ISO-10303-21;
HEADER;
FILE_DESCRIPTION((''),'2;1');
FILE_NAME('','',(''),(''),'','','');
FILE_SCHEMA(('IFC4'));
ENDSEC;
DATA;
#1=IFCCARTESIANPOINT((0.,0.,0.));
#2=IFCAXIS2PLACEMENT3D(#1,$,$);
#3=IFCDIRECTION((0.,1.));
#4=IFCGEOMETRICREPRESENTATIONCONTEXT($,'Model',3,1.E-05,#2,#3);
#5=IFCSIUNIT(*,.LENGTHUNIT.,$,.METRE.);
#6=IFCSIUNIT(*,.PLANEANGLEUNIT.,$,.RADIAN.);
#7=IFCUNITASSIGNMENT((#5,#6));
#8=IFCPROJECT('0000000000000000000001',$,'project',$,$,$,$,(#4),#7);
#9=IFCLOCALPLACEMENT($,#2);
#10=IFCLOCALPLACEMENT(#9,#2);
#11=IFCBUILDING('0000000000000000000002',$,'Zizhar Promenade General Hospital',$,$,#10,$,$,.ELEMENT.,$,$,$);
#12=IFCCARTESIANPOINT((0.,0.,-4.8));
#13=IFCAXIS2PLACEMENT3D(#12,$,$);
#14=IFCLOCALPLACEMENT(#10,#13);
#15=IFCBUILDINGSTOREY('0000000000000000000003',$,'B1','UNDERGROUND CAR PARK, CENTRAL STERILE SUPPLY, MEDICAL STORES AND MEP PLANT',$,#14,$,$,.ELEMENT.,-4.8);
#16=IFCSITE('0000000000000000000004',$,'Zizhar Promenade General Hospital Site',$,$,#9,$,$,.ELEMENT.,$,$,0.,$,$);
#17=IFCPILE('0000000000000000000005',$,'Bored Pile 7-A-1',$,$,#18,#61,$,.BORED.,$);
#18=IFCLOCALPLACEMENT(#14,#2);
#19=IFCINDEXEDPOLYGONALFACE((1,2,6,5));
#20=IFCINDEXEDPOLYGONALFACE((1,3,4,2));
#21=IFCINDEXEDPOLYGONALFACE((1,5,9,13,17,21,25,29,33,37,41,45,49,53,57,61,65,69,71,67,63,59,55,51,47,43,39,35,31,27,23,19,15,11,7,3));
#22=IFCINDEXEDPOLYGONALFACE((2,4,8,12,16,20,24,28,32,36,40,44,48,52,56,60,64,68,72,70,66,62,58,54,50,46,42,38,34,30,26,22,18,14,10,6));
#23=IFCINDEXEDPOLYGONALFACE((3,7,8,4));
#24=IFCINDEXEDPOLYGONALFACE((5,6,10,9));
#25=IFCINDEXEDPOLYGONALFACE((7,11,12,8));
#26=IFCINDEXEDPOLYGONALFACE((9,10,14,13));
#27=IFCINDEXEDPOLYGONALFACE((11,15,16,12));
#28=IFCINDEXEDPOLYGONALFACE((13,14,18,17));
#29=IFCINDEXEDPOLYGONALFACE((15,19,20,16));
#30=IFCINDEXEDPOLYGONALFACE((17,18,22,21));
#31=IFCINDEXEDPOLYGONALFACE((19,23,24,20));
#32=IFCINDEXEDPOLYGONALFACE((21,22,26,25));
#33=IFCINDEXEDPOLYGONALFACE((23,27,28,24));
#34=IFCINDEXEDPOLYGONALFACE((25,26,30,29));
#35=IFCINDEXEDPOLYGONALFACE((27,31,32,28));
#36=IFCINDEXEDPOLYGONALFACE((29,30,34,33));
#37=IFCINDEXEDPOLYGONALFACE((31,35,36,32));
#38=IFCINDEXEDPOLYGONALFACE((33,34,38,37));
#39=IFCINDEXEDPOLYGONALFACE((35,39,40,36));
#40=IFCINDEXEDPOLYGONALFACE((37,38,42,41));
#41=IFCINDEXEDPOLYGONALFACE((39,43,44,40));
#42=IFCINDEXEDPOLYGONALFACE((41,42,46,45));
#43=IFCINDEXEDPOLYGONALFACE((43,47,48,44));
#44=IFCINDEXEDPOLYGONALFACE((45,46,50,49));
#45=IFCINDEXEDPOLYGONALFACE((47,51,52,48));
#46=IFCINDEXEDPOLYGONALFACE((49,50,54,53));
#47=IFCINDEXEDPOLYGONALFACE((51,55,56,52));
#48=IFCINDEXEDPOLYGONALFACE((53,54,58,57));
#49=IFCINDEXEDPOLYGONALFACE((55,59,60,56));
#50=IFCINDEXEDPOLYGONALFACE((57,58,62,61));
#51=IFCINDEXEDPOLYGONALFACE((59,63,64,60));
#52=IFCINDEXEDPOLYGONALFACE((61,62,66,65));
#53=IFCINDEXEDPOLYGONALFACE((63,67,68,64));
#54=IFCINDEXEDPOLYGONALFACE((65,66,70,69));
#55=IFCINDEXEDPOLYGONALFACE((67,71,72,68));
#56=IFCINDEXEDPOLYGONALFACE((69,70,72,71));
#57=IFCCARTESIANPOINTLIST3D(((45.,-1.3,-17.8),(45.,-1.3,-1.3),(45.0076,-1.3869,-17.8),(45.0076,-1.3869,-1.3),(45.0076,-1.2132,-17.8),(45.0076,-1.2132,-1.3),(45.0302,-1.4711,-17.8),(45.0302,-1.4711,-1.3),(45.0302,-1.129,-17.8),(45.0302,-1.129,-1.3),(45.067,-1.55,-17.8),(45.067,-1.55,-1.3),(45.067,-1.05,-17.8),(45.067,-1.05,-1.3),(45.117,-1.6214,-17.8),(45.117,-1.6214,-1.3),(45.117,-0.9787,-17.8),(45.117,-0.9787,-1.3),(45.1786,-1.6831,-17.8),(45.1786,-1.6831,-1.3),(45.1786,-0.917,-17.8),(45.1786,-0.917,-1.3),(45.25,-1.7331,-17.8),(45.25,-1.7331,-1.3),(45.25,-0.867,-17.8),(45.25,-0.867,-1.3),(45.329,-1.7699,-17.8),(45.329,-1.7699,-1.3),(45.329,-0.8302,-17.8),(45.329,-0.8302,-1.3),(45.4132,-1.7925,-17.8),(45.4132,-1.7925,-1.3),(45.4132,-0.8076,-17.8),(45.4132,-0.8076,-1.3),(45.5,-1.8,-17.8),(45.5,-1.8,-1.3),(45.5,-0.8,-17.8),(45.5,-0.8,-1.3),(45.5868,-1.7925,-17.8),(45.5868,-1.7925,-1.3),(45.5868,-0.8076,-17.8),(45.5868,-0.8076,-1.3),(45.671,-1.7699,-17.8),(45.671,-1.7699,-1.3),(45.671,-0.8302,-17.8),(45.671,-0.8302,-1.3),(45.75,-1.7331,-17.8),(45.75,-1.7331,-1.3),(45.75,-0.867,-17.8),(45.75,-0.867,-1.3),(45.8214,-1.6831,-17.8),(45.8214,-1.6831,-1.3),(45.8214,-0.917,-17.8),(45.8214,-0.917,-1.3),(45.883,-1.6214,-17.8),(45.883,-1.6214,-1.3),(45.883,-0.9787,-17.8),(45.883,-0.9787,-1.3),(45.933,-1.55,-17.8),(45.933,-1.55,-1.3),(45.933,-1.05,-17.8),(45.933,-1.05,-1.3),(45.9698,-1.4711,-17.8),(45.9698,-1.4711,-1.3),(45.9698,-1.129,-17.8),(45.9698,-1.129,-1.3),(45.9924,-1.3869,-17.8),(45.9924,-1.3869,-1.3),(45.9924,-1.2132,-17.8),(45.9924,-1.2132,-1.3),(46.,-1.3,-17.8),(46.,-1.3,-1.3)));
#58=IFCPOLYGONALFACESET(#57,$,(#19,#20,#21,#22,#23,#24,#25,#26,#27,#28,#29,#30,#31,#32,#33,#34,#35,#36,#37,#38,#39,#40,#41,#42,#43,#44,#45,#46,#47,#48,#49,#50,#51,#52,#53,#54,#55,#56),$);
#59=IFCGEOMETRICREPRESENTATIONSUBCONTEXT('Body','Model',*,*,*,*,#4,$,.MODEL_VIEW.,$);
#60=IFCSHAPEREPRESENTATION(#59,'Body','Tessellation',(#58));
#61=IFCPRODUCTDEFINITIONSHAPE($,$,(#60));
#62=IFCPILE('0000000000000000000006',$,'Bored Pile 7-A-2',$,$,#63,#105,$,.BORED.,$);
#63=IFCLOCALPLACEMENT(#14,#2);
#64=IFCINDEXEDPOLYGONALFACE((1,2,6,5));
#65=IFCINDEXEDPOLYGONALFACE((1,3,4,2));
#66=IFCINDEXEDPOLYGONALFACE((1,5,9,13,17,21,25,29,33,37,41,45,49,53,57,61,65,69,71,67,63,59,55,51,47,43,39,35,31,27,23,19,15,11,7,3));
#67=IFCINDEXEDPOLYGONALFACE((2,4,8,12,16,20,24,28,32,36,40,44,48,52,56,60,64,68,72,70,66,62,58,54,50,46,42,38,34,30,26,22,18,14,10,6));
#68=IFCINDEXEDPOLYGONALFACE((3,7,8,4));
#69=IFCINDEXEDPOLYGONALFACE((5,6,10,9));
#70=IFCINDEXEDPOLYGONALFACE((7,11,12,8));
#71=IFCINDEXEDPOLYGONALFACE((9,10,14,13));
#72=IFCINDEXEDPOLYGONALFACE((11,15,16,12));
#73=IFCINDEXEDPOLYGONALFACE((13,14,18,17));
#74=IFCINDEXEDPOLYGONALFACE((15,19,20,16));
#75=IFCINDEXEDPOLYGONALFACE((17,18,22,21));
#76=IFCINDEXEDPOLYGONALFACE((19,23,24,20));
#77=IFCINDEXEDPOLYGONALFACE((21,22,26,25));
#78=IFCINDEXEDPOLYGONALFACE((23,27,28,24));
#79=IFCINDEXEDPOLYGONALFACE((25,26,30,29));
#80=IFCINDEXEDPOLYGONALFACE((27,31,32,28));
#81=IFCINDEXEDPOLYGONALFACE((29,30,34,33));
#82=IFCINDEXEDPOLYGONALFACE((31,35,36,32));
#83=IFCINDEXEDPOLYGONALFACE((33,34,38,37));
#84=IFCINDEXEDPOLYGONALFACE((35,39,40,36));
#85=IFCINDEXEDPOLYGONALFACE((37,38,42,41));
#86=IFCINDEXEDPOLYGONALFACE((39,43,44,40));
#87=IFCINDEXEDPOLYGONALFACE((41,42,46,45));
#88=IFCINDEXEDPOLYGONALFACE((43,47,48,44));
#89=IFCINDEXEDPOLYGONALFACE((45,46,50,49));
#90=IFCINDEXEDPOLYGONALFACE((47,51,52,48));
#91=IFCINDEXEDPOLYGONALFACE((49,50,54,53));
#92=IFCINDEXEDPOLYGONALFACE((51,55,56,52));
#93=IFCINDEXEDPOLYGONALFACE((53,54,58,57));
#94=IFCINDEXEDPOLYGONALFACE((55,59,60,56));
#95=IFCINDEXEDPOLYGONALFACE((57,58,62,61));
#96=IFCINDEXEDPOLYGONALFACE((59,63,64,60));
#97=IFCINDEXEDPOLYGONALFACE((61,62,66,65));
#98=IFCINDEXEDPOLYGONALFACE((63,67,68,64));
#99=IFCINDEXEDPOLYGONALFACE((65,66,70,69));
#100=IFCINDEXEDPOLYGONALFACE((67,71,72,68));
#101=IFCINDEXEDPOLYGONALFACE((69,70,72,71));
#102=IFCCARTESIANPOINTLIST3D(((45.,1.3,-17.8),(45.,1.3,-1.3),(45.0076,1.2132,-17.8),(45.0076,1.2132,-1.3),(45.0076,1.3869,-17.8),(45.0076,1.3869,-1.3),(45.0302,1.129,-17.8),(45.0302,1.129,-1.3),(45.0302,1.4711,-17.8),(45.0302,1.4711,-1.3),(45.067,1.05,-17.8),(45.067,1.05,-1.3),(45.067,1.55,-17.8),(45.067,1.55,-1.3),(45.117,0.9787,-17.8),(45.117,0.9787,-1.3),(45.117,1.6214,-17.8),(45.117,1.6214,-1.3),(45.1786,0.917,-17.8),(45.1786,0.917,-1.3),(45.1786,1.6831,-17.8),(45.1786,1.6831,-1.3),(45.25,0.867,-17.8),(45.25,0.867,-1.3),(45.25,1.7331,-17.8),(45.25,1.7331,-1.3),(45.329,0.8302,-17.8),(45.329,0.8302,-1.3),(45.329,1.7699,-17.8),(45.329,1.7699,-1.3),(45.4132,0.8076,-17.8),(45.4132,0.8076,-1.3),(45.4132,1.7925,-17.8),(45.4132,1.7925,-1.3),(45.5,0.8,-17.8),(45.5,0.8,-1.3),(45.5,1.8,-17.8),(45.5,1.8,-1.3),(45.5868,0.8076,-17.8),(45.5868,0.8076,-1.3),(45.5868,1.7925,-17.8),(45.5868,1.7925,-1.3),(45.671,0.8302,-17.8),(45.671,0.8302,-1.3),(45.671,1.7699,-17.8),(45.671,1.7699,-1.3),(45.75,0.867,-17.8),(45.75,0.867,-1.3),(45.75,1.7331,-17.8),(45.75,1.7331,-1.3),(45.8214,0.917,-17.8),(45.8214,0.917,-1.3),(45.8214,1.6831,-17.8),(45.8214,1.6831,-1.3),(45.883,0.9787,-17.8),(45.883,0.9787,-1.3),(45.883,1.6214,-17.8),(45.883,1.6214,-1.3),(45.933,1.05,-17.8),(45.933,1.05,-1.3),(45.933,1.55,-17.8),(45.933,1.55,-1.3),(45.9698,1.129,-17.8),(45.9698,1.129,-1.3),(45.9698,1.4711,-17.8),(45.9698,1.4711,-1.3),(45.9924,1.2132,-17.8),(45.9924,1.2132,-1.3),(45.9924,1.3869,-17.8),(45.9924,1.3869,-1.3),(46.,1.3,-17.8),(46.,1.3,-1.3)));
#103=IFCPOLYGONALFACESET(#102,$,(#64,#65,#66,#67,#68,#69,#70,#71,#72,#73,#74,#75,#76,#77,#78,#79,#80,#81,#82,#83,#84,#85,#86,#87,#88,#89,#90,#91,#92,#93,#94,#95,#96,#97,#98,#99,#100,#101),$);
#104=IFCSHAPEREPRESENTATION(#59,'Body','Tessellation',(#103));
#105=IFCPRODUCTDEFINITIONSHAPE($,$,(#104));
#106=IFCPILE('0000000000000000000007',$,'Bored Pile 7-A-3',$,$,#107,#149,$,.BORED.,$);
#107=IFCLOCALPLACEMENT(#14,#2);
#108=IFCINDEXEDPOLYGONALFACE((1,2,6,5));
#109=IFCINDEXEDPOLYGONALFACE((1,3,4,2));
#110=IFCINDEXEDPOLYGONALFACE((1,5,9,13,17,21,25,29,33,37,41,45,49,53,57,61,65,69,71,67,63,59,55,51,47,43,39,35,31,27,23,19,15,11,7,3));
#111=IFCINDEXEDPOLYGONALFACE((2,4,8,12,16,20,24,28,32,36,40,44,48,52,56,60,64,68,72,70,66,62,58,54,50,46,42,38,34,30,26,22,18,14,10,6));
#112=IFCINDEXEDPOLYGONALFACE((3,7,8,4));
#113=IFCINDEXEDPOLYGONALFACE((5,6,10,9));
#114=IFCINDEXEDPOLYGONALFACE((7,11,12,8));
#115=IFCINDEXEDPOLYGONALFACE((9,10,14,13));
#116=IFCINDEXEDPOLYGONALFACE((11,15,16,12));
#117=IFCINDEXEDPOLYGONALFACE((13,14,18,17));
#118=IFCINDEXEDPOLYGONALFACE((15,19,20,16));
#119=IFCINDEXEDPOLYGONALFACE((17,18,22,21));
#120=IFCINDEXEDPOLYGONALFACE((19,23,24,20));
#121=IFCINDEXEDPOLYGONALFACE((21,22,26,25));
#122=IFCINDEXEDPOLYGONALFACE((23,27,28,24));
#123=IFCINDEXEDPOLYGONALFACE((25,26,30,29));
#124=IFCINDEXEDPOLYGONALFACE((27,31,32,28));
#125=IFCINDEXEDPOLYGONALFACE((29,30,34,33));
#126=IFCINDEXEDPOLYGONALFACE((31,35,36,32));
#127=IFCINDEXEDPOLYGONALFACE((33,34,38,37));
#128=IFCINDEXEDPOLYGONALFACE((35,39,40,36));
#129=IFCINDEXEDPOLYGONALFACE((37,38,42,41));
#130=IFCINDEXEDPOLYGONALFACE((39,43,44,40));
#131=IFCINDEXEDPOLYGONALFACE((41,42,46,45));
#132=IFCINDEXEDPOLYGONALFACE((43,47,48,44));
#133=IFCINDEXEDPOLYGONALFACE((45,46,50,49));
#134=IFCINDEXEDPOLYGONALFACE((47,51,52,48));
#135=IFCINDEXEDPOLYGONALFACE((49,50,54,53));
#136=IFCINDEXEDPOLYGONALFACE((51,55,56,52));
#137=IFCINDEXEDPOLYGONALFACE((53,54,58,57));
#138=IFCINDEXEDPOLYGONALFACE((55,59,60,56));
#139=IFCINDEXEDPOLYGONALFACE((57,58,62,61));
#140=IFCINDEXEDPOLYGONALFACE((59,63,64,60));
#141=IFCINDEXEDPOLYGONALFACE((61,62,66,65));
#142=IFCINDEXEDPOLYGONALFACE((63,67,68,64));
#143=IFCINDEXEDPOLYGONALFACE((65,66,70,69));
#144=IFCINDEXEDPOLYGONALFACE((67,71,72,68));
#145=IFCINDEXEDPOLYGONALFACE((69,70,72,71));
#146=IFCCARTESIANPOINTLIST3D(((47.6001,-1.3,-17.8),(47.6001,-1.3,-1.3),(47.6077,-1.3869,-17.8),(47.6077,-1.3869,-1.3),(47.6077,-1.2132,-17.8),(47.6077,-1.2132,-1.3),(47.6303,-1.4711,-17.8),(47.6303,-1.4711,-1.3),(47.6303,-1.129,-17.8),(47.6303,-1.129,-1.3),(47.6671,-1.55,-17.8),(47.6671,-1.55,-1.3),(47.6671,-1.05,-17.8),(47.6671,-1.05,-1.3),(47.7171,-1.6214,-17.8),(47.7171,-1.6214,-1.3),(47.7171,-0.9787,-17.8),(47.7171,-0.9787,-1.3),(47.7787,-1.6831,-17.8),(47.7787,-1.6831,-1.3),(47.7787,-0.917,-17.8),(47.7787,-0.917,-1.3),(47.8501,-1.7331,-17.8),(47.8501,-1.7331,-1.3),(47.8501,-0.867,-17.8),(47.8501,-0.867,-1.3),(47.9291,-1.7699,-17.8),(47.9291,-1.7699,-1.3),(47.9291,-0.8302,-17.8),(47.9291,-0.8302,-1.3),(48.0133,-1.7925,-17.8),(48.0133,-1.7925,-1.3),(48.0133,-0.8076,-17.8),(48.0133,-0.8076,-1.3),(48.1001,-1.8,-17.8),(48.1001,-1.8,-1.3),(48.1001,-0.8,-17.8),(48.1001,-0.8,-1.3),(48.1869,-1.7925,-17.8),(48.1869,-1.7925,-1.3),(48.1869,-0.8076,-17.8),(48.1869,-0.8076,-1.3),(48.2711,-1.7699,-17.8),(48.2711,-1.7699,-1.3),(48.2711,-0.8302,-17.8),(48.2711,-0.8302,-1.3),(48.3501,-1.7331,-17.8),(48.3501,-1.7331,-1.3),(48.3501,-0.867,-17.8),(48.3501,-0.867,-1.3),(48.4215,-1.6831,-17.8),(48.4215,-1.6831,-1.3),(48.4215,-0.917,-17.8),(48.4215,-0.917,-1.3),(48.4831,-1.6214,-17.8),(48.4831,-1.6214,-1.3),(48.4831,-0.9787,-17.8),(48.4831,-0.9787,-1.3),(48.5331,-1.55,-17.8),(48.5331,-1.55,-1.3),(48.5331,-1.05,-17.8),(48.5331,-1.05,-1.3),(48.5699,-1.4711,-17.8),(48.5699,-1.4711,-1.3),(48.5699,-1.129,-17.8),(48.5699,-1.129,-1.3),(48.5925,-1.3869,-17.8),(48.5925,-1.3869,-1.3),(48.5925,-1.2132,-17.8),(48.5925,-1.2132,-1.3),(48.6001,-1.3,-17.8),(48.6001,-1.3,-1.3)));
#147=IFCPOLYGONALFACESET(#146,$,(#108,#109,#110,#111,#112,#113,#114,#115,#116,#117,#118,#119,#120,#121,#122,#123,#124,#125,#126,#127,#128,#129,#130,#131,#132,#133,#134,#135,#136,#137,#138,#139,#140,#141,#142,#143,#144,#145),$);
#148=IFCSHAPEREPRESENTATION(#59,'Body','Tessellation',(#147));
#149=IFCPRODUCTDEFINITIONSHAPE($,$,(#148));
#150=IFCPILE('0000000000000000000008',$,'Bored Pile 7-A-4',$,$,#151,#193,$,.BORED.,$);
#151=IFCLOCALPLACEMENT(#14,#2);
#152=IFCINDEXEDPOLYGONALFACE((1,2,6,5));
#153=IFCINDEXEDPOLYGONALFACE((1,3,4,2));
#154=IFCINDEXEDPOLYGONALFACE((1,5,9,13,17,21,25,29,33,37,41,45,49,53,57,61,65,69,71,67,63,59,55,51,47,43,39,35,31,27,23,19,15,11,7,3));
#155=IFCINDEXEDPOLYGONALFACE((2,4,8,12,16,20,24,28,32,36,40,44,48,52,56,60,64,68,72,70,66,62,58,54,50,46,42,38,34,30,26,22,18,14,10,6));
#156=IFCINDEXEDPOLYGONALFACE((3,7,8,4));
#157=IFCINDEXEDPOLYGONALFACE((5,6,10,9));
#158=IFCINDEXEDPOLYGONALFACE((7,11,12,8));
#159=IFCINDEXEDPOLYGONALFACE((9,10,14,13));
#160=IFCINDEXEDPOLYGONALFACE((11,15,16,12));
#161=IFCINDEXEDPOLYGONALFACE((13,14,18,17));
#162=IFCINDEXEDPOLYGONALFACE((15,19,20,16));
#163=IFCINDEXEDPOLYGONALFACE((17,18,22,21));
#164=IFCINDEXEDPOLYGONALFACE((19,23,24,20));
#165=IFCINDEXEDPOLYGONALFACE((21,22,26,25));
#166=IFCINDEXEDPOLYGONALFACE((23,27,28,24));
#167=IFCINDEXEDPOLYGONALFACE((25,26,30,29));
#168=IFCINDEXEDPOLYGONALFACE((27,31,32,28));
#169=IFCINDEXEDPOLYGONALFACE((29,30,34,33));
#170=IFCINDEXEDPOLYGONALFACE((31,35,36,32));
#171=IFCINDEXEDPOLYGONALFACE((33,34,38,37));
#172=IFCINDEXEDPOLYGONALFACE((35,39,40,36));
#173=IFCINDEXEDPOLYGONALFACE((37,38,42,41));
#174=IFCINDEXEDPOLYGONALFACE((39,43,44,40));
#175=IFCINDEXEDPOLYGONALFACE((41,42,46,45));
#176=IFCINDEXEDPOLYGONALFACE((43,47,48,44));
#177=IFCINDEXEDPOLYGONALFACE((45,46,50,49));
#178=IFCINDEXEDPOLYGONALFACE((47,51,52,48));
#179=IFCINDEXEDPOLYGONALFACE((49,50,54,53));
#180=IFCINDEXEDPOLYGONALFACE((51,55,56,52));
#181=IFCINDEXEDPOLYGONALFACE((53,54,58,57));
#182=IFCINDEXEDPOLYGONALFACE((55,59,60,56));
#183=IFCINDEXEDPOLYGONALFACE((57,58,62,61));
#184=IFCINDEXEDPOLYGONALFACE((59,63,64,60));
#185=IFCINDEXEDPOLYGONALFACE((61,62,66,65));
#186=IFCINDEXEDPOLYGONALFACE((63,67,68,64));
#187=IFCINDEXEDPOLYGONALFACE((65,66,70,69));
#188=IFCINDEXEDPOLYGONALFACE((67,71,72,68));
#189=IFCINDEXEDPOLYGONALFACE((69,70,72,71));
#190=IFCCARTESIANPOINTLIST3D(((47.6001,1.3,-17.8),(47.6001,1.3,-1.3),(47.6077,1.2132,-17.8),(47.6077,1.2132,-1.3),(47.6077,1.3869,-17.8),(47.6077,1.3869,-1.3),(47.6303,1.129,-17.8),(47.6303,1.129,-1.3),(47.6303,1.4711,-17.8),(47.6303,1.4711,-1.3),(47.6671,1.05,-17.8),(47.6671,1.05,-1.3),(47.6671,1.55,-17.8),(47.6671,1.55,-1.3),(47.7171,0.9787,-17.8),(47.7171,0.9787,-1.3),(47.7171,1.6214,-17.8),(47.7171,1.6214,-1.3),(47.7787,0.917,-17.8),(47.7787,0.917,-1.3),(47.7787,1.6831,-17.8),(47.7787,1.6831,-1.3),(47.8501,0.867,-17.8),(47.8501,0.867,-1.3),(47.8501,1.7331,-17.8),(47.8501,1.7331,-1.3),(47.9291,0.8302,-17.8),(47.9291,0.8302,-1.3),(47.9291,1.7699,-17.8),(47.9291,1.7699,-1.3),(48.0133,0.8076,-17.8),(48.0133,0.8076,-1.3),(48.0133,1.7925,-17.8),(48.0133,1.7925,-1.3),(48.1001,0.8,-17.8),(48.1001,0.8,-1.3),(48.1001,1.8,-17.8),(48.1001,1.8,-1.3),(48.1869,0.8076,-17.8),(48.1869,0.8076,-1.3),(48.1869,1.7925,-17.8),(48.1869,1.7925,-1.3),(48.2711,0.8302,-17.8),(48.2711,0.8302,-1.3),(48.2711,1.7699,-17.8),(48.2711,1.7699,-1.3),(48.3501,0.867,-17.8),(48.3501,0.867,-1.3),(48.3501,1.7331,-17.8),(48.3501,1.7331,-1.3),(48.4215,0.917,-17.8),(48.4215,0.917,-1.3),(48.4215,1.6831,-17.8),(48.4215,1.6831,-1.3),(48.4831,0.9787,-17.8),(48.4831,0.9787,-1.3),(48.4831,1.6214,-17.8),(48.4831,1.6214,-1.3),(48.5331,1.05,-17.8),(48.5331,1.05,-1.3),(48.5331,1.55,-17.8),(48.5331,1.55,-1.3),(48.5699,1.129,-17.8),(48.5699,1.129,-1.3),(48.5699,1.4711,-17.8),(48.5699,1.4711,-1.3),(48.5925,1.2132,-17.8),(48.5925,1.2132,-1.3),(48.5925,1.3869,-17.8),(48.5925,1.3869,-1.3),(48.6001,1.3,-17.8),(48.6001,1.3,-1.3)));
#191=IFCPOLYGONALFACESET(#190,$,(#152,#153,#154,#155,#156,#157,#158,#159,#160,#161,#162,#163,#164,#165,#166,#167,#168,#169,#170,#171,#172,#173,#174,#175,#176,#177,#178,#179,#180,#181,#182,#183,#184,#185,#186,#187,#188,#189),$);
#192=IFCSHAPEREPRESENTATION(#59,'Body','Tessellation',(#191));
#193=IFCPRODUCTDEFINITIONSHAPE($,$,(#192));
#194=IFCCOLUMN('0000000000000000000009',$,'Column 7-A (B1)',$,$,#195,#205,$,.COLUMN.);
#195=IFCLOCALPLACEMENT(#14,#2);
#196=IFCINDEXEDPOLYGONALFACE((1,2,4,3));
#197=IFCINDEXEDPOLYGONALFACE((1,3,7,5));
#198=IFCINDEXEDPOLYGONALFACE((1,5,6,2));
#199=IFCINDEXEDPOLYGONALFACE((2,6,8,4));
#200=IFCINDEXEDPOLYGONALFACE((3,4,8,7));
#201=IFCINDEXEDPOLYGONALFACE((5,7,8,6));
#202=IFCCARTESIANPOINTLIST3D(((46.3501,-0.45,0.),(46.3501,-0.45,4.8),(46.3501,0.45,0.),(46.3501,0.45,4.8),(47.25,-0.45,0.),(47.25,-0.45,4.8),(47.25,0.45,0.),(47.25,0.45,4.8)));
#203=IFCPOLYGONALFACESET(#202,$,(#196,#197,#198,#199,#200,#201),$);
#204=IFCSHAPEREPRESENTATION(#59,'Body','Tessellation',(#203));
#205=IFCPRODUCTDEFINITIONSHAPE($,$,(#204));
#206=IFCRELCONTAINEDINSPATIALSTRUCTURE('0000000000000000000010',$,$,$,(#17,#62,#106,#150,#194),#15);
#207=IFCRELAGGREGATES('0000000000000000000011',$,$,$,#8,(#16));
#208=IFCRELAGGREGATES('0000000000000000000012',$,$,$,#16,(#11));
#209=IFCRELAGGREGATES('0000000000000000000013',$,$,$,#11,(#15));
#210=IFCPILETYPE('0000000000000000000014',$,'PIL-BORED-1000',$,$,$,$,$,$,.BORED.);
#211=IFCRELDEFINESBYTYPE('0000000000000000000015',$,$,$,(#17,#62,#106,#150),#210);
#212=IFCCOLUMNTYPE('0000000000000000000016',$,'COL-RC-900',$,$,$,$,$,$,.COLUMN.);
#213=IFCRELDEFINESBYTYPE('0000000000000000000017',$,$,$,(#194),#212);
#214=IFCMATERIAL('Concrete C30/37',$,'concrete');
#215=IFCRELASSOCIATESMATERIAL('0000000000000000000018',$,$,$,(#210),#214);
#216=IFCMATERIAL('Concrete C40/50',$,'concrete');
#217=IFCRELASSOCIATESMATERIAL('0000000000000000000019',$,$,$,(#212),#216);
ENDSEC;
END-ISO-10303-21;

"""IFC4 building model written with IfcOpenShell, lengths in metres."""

from ifc_helpers import new_model, si_unit, direction, frame, origin, origin_2d, place, context, subcontext, project, spatial, rectangle, circle, extrude, material, material_profile, profile_set, type_object, element, save


model = new_model("IFC4")

# Units and contexts
model_context = context("Model", 3, precision=1e-05, world=origin(), true_north=direction((0.0, 1.0)))
body_context = subcontext(model_context, "Body", "Model", "MODEL_VIEW")
ifc_project = project(units=[si_unit("LENGTHUNIT", "METRE"), si_unit("PLANEANGLEUNIT", "RADIAN")], contexts=[model_context])

# Site, building, storey
site_placement = place(None, origin())
site = spatial("IfcSite", under=ifc_project, at=site_placement, Name="Zizhar Promenade General Hospital Site", CompositionType="ELEMENT", RefElevation=0.0)
building_placement = place(site_placement, origin())
building = spatial("IfcBuilding", under=site, at=building_placement, Name="Zizhar Promenade General Hospital", CompositionType="ELEMENT")
storey_placement = place(building_placement, frame((0.0, 0.0, -4.8)))
storey = spatial("IfcBuildingStorey", under=building, at=storey_placement, Name="B1", Description="UNDERGROUND CAR PARK, CENTRAL STERILE SUPPLY, MEDICAL STORES AND MEP PLANT", CompositionType="ELEMENT", Elevation=-4.8)

# Piles
ifc_material_1 = material(Name="Concrete C30/37", Category="concrete")
ifc_material_profile_1 = material_profile(ifc_material_1, circle(Radius=0.5, at=origin_2d()))
ifc_profile_set_1 = profile_set([ifc_material_profile_1], Name="Concrete C30/37")
pile_type = type_object("IfcPileType", Name="PIL-BORED-1000", PredefinedType="BORED", material=ifc_profile_set_1)
for number, where, z_axis, x_axis, name in (
    (1, (45.5, -1.3, -1.3), (0.0, 0.0, -1.0), (1.0, 0.0, 0.0), "Bored Pile 7-A-1"),
    (2, (45.5, 1.3, -1.3), (0.0, 0.0, -1.0), (1.0, 0.0, 0.0), "Bored Pile 7-A-2"),
    (3, (48.1001, -1.3, -1.3), (0.0, 0.0, -1.0), (1.0, 0.0, 0.0), "Bored Pile 7-A-3"),
    (4, (48.1001, 1.3, -1.3), (0.0, 0.0, -1.0), (1.0, 0.0, 0.0), "Bored Pile 7-A-4"),
):
    element("IfcPile", number, at=place(storey_placement, frame(where, z_axis=z_axis, x_axis=x_axis)), inside=storey, type_object=pile_type, Name=name, PredefinedType="BORED", context=body_context, shape_type="SweptSolid", body=[
        extrude(circle(Radius=0.5, at=origin_2d()), origin(), (0.0, 0.0, 1.0), 16.5),
    ])

# Column
ifc_material_2 = material(Name="Concrete C40/50", Category="concrete")
ifc_material_profile_2 = material_profile(ifc_material_2, rectangle(XDim=0.8999, YDim=0.8999, at=origin_2d()))
ifc_profile_set_2 = profile_set([ifc_material_profile_2], Name="Concrete C40/50")
column_type = type_object("IfcColumnType", Name="COL-RC-900", PredefinedType="COLUMN", material=ifc_profile_set_2)
for number, where, z_axis, x_axis, name in (
    (5, (46.8, 0.0, 0.0), (0.0, 0.0, 1.0), (1.0, 0.0, 0.0), "Column 7-A (B1)"),
):
    element("IfcColumn", number, at=place(storey_placement, frame(where, z_axis=z_axis, x_axis=x_axis)), inside=storey, type_object=column_type, Name=name, PredefinedType="COLUMN", context=body_context, shape_type="SweptSolid", body=[
        extrude(rectangle(XDim=0.8999, YDim=0.8999, at=origin_2d()), origin(), (0.0, 0.0, 1.0), 4.8),
    ])

save(model, "model.ifc")
